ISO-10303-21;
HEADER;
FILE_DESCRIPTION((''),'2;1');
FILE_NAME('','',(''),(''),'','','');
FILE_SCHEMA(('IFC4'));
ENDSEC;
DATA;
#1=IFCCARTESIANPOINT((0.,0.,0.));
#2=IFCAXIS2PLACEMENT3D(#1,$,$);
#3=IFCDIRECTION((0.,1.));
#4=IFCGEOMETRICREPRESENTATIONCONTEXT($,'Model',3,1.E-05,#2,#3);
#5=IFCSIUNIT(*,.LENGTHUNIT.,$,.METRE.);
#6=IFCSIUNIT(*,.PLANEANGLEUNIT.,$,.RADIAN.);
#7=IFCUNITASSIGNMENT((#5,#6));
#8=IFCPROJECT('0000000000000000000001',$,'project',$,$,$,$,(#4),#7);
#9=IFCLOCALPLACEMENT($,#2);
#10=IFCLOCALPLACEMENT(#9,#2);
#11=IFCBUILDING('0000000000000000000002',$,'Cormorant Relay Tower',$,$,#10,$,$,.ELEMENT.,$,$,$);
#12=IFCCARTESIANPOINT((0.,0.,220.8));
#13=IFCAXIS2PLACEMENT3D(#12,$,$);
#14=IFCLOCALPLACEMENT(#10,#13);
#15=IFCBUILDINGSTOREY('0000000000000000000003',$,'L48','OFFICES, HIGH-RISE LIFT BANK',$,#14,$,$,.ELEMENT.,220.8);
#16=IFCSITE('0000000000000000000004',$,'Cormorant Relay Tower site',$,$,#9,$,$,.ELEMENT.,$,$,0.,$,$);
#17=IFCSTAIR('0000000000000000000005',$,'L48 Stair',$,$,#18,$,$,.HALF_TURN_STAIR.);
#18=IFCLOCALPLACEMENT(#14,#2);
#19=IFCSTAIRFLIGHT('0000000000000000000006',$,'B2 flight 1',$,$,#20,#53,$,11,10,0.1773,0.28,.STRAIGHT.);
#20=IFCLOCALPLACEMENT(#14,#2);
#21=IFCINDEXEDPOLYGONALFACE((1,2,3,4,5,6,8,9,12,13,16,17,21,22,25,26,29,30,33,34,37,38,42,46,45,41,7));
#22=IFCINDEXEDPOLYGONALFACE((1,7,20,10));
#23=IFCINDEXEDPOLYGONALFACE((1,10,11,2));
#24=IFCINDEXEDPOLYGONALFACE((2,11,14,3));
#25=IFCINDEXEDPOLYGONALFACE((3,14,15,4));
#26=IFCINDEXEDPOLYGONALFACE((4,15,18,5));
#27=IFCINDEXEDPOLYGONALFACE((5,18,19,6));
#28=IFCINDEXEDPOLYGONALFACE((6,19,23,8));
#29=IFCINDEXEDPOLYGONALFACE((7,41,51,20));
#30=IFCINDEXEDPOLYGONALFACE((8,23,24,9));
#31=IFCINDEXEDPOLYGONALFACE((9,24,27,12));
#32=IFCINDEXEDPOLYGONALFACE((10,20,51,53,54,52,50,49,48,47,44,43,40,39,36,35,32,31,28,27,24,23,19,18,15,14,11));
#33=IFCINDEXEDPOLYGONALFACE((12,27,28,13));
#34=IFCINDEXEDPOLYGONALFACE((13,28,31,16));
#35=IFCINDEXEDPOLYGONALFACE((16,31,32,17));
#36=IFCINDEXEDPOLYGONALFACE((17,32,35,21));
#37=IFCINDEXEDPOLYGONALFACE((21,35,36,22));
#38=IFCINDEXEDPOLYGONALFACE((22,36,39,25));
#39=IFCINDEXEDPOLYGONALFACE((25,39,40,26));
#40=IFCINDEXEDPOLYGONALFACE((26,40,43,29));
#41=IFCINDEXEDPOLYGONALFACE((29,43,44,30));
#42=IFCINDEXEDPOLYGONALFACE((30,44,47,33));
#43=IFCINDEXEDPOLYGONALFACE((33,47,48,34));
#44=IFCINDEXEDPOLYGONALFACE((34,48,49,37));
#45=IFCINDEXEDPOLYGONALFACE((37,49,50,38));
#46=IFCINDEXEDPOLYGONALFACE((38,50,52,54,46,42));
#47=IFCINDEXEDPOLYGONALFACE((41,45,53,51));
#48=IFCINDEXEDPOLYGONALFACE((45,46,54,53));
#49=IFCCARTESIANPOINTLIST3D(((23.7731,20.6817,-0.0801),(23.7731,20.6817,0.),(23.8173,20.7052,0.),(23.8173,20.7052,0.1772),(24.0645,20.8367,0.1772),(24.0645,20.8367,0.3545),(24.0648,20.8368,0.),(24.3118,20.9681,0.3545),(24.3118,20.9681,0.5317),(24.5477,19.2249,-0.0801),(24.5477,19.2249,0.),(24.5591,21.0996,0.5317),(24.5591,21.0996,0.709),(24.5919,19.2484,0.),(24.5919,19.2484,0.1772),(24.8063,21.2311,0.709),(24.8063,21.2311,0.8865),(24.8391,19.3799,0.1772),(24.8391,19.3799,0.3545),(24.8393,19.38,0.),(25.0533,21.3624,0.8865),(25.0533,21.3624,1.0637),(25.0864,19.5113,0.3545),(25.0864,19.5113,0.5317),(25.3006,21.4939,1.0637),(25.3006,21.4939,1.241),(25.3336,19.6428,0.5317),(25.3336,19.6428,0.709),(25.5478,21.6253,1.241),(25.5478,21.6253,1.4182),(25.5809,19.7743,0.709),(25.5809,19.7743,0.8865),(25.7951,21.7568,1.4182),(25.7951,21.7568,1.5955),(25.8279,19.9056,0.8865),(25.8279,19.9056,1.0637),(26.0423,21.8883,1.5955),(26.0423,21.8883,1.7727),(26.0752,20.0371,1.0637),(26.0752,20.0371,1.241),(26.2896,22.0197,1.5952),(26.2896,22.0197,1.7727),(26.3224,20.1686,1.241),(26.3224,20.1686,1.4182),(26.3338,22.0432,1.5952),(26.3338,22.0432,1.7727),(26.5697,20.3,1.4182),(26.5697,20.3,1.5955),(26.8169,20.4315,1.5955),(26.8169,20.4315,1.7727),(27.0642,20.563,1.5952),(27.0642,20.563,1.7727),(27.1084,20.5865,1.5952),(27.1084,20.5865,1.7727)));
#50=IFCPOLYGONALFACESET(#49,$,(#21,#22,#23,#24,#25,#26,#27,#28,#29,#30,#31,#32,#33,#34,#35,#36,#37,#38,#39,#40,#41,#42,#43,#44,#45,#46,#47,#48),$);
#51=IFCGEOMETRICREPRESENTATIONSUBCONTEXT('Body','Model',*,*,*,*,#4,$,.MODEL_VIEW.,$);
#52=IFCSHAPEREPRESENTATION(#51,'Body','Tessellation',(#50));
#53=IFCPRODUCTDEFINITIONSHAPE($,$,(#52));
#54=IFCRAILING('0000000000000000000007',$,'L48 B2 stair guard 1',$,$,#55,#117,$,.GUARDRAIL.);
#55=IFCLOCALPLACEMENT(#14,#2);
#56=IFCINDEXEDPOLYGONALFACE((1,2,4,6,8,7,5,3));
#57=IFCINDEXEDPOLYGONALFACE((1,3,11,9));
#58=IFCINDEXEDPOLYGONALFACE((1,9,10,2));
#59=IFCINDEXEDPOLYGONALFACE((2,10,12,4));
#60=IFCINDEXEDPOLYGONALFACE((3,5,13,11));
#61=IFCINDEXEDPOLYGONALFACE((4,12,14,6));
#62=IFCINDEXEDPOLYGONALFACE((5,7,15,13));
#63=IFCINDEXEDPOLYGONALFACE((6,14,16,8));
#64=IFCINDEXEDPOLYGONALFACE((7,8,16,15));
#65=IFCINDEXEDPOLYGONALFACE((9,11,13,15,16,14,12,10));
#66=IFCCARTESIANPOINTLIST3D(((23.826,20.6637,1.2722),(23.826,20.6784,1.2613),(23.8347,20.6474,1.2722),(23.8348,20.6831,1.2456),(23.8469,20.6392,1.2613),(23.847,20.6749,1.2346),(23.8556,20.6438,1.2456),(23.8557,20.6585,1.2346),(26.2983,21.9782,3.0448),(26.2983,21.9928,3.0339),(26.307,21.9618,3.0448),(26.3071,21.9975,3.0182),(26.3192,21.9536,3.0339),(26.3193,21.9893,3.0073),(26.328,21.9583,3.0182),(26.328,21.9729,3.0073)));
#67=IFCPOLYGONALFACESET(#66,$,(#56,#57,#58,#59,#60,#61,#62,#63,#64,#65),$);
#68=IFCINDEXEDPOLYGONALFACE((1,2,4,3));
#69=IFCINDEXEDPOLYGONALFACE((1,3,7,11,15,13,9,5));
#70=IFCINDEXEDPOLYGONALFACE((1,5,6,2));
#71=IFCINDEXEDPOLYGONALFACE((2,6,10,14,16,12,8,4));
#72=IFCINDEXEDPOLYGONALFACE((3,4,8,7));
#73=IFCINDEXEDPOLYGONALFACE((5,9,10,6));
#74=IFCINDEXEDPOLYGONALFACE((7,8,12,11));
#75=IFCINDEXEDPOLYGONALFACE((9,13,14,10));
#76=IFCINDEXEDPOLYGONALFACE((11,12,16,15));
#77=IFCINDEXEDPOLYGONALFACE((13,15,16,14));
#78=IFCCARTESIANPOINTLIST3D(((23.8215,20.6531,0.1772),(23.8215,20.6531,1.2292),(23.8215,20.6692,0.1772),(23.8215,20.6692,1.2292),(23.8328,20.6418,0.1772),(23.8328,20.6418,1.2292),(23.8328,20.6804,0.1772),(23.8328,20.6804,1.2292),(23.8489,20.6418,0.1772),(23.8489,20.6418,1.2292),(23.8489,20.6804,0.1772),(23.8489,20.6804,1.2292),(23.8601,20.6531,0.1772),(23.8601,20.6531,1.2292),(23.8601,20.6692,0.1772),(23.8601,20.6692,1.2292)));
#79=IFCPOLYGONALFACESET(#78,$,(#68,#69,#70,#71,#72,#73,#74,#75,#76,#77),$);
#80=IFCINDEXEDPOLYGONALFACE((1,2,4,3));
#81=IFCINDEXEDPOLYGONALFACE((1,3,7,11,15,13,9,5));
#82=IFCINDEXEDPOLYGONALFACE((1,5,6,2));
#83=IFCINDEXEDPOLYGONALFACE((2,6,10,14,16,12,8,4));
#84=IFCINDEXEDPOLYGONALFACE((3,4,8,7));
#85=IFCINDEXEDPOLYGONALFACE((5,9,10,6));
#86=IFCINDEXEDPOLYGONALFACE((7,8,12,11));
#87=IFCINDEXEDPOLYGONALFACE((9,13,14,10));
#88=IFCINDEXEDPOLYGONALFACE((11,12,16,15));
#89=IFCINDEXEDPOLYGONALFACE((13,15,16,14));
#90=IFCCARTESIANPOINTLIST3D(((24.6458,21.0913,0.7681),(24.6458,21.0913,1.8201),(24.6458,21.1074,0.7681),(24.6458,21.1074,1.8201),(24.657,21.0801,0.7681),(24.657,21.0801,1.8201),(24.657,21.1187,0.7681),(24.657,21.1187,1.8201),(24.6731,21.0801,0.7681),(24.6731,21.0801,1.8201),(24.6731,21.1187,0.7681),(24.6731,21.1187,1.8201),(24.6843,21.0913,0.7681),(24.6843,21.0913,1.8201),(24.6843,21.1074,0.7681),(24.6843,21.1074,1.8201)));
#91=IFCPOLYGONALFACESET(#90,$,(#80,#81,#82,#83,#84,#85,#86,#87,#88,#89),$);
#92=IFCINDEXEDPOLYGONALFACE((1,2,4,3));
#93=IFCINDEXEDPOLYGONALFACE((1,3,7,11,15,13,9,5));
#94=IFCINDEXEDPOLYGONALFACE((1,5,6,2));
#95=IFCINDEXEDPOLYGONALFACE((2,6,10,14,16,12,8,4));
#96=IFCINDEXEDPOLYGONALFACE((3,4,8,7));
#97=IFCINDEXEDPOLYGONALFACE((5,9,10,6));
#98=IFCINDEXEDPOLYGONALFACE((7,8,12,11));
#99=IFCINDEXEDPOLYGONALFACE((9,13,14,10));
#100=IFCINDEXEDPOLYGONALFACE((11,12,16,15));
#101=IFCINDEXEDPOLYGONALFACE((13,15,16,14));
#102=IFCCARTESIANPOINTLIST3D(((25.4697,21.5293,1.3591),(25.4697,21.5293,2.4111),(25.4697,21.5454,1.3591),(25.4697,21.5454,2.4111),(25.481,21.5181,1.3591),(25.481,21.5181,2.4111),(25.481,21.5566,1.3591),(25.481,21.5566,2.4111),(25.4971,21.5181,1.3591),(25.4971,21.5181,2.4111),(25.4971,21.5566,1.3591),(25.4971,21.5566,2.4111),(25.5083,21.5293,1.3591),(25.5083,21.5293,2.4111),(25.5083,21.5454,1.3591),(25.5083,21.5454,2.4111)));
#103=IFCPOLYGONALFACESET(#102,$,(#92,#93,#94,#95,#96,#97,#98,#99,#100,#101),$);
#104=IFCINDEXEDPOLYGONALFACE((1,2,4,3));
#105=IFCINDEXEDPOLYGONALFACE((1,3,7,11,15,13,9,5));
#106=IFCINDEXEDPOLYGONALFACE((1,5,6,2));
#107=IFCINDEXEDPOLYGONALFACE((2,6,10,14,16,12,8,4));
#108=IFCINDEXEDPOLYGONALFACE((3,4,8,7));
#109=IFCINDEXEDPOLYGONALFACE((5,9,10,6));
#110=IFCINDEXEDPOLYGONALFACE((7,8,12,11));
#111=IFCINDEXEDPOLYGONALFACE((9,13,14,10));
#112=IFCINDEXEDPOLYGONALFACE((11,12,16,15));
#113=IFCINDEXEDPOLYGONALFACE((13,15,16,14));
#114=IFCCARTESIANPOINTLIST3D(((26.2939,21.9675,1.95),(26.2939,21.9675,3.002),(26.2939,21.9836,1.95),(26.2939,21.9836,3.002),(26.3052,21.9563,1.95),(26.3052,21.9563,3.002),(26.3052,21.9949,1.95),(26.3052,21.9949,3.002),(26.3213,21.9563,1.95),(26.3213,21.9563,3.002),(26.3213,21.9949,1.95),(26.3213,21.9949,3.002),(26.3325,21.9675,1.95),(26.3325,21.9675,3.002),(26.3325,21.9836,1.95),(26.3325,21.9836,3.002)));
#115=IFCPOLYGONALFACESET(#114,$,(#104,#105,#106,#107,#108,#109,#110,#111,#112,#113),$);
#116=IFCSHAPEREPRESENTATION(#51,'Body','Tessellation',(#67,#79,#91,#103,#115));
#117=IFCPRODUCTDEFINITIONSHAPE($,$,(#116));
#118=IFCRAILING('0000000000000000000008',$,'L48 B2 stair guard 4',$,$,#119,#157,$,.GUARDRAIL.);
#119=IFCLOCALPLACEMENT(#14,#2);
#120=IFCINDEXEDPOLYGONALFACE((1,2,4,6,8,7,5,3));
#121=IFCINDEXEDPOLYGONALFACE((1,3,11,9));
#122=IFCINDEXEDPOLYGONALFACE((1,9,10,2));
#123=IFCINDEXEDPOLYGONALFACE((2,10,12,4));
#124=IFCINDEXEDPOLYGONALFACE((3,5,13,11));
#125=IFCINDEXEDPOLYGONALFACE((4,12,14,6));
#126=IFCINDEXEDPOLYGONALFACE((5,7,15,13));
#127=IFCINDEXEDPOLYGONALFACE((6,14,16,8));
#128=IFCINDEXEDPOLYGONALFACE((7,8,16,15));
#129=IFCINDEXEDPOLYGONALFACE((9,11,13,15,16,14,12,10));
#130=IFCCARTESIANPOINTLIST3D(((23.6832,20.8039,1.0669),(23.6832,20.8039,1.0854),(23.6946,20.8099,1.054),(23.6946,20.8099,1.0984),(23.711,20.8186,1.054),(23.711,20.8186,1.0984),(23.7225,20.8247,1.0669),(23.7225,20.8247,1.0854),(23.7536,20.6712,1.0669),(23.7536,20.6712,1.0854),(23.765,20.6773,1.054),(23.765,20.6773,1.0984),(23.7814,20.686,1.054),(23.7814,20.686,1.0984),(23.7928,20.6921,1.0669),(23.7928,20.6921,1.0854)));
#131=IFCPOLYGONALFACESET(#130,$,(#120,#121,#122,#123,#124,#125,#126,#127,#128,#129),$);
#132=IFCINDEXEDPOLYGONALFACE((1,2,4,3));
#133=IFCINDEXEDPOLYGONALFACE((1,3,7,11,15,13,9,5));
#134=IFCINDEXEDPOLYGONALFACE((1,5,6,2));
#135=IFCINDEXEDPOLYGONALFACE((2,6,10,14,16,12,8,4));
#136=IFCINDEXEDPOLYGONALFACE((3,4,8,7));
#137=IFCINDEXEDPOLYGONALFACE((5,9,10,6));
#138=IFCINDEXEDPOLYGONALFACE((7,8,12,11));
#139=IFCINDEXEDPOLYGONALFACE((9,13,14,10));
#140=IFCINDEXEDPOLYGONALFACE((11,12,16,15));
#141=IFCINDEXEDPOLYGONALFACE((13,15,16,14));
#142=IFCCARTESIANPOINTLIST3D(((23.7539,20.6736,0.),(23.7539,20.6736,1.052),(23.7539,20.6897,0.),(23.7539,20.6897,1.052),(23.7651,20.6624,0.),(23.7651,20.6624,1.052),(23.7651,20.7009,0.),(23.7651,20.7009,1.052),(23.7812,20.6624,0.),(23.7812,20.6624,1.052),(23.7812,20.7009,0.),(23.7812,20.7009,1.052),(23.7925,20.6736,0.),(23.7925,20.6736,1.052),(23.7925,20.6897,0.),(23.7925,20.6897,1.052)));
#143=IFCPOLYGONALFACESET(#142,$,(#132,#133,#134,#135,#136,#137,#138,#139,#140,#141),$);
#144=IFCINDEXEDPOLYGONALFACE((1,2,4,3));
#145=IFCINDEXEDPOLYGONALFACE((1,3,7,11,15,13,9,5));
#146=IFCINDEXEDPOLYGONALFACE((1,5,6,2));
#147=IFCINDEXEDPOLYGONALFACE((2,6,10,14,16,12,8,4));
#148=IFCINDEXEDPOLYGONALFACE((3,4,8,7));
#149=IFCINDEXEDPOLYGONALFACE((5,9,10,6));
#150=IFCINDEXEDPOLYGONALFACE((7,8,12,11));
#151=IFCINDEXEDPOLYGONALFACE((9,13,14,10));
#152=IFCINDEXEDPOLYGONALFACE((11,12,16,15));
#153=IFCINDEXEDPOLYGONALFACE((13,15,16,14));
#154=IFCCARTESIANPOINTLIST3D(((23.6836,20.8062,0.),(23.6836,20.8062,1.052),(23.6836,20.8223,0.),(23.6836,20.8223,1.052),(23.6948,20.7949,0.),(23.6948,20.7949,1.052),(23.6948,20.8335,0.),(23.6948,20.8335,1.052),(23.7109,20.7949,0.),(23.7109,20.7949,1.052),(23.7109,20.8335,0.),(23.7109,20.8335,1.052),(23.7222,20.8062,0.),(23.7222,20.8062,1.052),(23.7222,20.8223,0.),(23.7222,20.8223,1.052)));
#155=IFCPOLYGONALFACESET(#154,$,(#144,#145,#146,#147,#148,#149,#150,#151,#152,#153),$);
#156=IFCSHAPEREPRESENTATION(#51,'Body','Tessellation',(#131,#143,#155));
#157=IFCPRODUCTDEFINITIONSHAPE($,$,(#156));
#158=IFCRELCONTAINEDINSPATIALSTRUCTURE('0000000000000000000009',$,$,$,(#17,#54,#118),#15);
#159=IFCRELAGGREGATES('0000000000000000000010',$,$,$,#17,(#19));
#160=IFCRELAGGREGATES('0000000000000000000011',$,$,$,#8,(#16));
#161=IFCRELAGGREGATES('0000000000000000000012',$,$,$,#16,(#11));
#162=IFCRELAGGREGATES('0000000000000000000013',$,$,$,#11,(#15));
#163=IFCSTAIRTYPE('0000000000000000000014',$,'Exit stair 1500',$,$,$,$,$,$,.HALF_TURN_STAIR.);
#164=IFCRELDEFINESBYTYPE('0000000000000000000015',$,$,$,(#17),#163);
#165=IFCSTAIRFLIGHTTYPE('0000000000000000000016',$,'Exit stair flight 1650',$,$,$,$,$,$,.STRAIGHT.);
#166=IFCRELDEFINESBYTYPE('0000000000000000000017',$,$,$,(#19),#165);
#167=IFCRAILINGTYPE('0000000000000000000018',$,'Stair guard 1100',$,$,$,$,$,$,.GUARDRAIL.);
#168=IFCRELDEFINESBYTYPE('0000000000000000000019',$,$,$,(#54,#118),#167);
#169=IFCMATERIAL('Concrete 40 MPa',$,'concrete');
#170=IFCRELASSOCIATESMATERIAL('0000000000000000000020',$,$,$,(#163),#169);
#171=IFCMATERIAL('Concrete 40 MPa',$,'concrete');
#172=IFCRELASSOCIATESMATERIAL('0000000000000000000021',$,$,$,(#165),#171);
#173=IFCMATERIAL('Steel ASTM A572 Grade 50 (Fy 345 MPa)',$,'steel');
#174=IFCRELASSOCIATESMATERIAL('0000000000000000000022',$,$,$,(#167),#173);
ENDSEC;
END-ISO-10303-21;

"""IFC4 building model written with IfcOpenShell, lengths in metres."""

from ifc_helpers import new_model, si_unit, direction, frame, origin, place, context, subcontext, project, spatial, polyline, outline, extrude, material, type_object, element, aggregate, save


model = new_model("IFC4")

# Units and contexts
model_context = context("Model", 3, precision=1e-05, world=origin(), true_north=direction((0.0, 1.0)))
body_context = subcontext(model_context, "Body", "Model", "MODEL_VIEW")
ifc_project = project(units=[si_unit("LENGTHUNIT", "METRE"), si_unit("PLANEANGLEUNIT", "RADIAN")], contexts=[model_context])

# Site, building, storey
site_placement = place(None, origin())
site = spatial("IfcSite", under=ifc_project, at=site_placement, Name="Cormorant Relay Tower site", CompositionType="ELEMENT", RefElevation=0.0)
building_placement = place(site_placement, origin())
building = spatial("IfcBuilding", under=site, at=building_placement, Name="Cormorant Relay Tower", CompositionType="ELEMENT")
storey_placement = place(building_placement, frame((0.0, 0.0, 220.8)))
storey = spatial("IfcBuildingStorey", under=building, at=storey_placement, Name="L48", Description="OFFICES, HIGH-RISE LIFT BANK", CompositionType="ELEMENT", Elevation=220.8)

# Stair, stair flight
ifc_material_1 = material(Name="Concrete 40 MPa", Category="concrete")
stair_type = type_object("IfcStairType", Name="Exit stair 1500", PredefinedType="HALF_TURN_STAIR", material=ifc_material_1)
stair_placement = place(storey_placement, origin())
stair = element("IfcStair", 1, at=stair_placement, inside=storey, type_object=stair_type, Name="L48 Stair", PredefinedType="HALF_TURN_STAIR")
ifc_material_2 = material(Name="Concrete 40 MPa", Category="concrete")
stair_flight_type = type_object("IfcStairFlightType", Name="Exit stair flight 1650", PredefinedType="STRAIGHT", material=ifc_material_2)
stair_flight_placement = place(storey_placement, frame((24.2046, 19.9768, 0.0), z_axis=(0.0, 0.0, 1.0), x_axis=(0.882948, 0.469472, 0.0)))
stair_flight = element("IfcStairFlight", 2, at=stair_flight_placement, type_object=stair_flight_type, Name="B2 flight 1", NumberOfRisers=11, NumberOfTreads=10, PredefinedType="STRAIGHT", RiserHeight=0.1773, TreadLength=0.28, context=body_context, shape_type="SweptSolid", body=[
    extrude(outline(polyline([(-0.05, -0.0801), (-0.05, 0.0), (0.0, 0.0), (0.0, 0.1772), (0.28, 0.1772), (0.28, 0.3545), (0.5601, 0.3545), (0.5601, 0.5317), (0.8401, 0.5317), (0.8401, 0.709), (1.1201, 0.709), (1.1201, 0.8865), (1.3999, 0.8865), (1.3999, 1.0637), (1.6799, 1.0637), (1.6799, 1.241), (1.96, 1.241), (1.96, 1.4182), (2.24, 1.4182), (2.24, 1.5955), (2.52, 1.5955), (2.52, 1.7727), (2.8, 1.7727), (2.8501, 1.7727), (2.8501, 1.5952), (2.8, 1.5952), (0.2803, 0.0), (-0.05, -0.0801)])), frame((0.0, 0.825, 0.0), z_axis=(0.0, -1.0, 0.0), x_axis=(1.0, 0.0, 0.0)), (0.0, 0.0, 1.0), 1.6499),
])
aggregate(stair, [stair_flight])

# Railings
ifc_material_3 = material(Name="Steel ASTM A572 Grade 50 (Fy 345 MPa)", Category="steel")
railing_type_1 = type_object("IfcRailingType", Name="Stair guard 1100", PredefinedType="GUARDRAIL", material=ifc_material_3)
railing_1_placement = place(storey_placement, frame((23.8408, 20.6611, 0.1772)))
element("IfcRailing", 3, at=railing_1_placement, inside=storey, type_object=railing_type_1, Name="L48 B2 stair guard 1", PredefinedType="GUARDRAIL", context=body_context, shape_type="SweptSolid", body=[
    extrude(outline(polyline([(0.0222, 0.0093), (0.0093, 0.0222), (-0.0093, 0.0222), (-0.0222, 0.0093), (-0.0222, -0.0093), (-0.0093, -0.0222), (0.0093, -0.0222), (0.0222, -0.0093), (0.0222, 0.0093)])), frame((0.0, 0.0, 1.0762), z_axis=(0.746034, 0.396627, 0.534902), x_axis=(-0.469429, 0.88297, 0.0)), (0.0, 0.0, 1.0), 3.314),
    extrude(outline(polyline([(0.0193, 0.0081), (0.0081, 0.0193), (-0.0081, 0.0193), (-0.0193, 0.0081), (-0.0193, -0.0081), (-0.0081, -0.0193), (0.0081, -0.0193), (0.0193, -0.0081), (0.0193, 0.0081)])), origin(), (0.0, 0.0, 1.0), 1.052),
    extrude(outline(polyline([(0.0193, 0.0081), (0.0081, 0.0193), (-0.0081, 0.0193), (-0.0193, 0.0081), (-0.0193, -0.0081), (-0.0081, -0.0193), (0.0081, -0.0193), (0.0193, -0.0081), (0.0193, 0.0081)])), frame((0.8242, 0.4382, 0.5908)), (0.0, 0.0, 1.0), 1.052),
    extrude(outline(polyline([(0.0193, 0.0081), (0.0081, 0.0193), (-0.0081, 0.0193), (-0.0193, 0.0081), (-0.0193, -0.0081), (-0.0081, -0.0193), (0.0081, -0.0193), (0.0193, -0.0081), (0.0193, 0.0081)])), frame((1.6482, 0.8762, 1.1819)), (0.0, 0.0, 1.0), 1.052),
    extrude(outline(polyline([(0.0193, 0.0081), (0.0081, 0.0193), (-0.0081, 0.0193), (-0.0193, 0.0081), (-0.0193, -0.0081), (-0.0081, -0.0193), (0.0081, -0.0193), (0.0193, -0.0081), (0.0193, 0.0081)])), frame((2.4724, 1.3145, 1.7727)), (0.0, 0.0, 1.0), 1.052),
])
railing_2_placement = place(storey_placement, frame((23.7732, 20.6816, 0.0)))
element("IfcRailing", 4, at=railing_2_placement, inside=storey, type_object=railing_type_1, Name="L48 B2 stair guard 4", PredefinedType="GUARDRAIL", context=body_context, shape_type="SweptSolid", body=[
    extrude(outline(polyline([(0.0222, 0.0093), (0.0093, 0.0222), (-0.0093, 0.0222), (-0.0222, 0.0093), (-0.0222, -0.0093), (-0.0093, -0.0222), (0.0093, -0.0222), (0.0222, -0.0093), (0.0222, 0.0093)])), frame((0.0, 0.0, 1.0762), z_axis=(-0.46856, 0.883431, 0.0), x_axis=(-0.883431, -0.46856, 0.0)), (0.0, 0.0, 1.0), 0.1501),
    extrude(outline(polyline([(0.0193, 0.0081), (0.0081, 0.0193), (-0.0081, 0.0193), (-0.0193, 0.0081), (-0.0193, -0.0081), (-0.0081, -0.0193), (0.0081, -0.0193), (0.0193, -0.0081), (0.0193, 0.0081)])), origin(), (0.0, 0.0, 1.0), 1.052),
    extrude(outline(polyline([(0.0193, 0.0081), (0.0081, 0.0193), (-0.0081, 0.0193), (-0.0193, 0.0081), (-0.0193, -0.0081), (-0.0081, -0.0193), (0.0081, -0.0193), (0.0193, -0.0081), (0.0193, 0.0081)])), frame((-0.0703, 0.1326, 0.0)), (0.0, 0.0, 1.0), 1.052),
])

save(model, "model.ifc")
